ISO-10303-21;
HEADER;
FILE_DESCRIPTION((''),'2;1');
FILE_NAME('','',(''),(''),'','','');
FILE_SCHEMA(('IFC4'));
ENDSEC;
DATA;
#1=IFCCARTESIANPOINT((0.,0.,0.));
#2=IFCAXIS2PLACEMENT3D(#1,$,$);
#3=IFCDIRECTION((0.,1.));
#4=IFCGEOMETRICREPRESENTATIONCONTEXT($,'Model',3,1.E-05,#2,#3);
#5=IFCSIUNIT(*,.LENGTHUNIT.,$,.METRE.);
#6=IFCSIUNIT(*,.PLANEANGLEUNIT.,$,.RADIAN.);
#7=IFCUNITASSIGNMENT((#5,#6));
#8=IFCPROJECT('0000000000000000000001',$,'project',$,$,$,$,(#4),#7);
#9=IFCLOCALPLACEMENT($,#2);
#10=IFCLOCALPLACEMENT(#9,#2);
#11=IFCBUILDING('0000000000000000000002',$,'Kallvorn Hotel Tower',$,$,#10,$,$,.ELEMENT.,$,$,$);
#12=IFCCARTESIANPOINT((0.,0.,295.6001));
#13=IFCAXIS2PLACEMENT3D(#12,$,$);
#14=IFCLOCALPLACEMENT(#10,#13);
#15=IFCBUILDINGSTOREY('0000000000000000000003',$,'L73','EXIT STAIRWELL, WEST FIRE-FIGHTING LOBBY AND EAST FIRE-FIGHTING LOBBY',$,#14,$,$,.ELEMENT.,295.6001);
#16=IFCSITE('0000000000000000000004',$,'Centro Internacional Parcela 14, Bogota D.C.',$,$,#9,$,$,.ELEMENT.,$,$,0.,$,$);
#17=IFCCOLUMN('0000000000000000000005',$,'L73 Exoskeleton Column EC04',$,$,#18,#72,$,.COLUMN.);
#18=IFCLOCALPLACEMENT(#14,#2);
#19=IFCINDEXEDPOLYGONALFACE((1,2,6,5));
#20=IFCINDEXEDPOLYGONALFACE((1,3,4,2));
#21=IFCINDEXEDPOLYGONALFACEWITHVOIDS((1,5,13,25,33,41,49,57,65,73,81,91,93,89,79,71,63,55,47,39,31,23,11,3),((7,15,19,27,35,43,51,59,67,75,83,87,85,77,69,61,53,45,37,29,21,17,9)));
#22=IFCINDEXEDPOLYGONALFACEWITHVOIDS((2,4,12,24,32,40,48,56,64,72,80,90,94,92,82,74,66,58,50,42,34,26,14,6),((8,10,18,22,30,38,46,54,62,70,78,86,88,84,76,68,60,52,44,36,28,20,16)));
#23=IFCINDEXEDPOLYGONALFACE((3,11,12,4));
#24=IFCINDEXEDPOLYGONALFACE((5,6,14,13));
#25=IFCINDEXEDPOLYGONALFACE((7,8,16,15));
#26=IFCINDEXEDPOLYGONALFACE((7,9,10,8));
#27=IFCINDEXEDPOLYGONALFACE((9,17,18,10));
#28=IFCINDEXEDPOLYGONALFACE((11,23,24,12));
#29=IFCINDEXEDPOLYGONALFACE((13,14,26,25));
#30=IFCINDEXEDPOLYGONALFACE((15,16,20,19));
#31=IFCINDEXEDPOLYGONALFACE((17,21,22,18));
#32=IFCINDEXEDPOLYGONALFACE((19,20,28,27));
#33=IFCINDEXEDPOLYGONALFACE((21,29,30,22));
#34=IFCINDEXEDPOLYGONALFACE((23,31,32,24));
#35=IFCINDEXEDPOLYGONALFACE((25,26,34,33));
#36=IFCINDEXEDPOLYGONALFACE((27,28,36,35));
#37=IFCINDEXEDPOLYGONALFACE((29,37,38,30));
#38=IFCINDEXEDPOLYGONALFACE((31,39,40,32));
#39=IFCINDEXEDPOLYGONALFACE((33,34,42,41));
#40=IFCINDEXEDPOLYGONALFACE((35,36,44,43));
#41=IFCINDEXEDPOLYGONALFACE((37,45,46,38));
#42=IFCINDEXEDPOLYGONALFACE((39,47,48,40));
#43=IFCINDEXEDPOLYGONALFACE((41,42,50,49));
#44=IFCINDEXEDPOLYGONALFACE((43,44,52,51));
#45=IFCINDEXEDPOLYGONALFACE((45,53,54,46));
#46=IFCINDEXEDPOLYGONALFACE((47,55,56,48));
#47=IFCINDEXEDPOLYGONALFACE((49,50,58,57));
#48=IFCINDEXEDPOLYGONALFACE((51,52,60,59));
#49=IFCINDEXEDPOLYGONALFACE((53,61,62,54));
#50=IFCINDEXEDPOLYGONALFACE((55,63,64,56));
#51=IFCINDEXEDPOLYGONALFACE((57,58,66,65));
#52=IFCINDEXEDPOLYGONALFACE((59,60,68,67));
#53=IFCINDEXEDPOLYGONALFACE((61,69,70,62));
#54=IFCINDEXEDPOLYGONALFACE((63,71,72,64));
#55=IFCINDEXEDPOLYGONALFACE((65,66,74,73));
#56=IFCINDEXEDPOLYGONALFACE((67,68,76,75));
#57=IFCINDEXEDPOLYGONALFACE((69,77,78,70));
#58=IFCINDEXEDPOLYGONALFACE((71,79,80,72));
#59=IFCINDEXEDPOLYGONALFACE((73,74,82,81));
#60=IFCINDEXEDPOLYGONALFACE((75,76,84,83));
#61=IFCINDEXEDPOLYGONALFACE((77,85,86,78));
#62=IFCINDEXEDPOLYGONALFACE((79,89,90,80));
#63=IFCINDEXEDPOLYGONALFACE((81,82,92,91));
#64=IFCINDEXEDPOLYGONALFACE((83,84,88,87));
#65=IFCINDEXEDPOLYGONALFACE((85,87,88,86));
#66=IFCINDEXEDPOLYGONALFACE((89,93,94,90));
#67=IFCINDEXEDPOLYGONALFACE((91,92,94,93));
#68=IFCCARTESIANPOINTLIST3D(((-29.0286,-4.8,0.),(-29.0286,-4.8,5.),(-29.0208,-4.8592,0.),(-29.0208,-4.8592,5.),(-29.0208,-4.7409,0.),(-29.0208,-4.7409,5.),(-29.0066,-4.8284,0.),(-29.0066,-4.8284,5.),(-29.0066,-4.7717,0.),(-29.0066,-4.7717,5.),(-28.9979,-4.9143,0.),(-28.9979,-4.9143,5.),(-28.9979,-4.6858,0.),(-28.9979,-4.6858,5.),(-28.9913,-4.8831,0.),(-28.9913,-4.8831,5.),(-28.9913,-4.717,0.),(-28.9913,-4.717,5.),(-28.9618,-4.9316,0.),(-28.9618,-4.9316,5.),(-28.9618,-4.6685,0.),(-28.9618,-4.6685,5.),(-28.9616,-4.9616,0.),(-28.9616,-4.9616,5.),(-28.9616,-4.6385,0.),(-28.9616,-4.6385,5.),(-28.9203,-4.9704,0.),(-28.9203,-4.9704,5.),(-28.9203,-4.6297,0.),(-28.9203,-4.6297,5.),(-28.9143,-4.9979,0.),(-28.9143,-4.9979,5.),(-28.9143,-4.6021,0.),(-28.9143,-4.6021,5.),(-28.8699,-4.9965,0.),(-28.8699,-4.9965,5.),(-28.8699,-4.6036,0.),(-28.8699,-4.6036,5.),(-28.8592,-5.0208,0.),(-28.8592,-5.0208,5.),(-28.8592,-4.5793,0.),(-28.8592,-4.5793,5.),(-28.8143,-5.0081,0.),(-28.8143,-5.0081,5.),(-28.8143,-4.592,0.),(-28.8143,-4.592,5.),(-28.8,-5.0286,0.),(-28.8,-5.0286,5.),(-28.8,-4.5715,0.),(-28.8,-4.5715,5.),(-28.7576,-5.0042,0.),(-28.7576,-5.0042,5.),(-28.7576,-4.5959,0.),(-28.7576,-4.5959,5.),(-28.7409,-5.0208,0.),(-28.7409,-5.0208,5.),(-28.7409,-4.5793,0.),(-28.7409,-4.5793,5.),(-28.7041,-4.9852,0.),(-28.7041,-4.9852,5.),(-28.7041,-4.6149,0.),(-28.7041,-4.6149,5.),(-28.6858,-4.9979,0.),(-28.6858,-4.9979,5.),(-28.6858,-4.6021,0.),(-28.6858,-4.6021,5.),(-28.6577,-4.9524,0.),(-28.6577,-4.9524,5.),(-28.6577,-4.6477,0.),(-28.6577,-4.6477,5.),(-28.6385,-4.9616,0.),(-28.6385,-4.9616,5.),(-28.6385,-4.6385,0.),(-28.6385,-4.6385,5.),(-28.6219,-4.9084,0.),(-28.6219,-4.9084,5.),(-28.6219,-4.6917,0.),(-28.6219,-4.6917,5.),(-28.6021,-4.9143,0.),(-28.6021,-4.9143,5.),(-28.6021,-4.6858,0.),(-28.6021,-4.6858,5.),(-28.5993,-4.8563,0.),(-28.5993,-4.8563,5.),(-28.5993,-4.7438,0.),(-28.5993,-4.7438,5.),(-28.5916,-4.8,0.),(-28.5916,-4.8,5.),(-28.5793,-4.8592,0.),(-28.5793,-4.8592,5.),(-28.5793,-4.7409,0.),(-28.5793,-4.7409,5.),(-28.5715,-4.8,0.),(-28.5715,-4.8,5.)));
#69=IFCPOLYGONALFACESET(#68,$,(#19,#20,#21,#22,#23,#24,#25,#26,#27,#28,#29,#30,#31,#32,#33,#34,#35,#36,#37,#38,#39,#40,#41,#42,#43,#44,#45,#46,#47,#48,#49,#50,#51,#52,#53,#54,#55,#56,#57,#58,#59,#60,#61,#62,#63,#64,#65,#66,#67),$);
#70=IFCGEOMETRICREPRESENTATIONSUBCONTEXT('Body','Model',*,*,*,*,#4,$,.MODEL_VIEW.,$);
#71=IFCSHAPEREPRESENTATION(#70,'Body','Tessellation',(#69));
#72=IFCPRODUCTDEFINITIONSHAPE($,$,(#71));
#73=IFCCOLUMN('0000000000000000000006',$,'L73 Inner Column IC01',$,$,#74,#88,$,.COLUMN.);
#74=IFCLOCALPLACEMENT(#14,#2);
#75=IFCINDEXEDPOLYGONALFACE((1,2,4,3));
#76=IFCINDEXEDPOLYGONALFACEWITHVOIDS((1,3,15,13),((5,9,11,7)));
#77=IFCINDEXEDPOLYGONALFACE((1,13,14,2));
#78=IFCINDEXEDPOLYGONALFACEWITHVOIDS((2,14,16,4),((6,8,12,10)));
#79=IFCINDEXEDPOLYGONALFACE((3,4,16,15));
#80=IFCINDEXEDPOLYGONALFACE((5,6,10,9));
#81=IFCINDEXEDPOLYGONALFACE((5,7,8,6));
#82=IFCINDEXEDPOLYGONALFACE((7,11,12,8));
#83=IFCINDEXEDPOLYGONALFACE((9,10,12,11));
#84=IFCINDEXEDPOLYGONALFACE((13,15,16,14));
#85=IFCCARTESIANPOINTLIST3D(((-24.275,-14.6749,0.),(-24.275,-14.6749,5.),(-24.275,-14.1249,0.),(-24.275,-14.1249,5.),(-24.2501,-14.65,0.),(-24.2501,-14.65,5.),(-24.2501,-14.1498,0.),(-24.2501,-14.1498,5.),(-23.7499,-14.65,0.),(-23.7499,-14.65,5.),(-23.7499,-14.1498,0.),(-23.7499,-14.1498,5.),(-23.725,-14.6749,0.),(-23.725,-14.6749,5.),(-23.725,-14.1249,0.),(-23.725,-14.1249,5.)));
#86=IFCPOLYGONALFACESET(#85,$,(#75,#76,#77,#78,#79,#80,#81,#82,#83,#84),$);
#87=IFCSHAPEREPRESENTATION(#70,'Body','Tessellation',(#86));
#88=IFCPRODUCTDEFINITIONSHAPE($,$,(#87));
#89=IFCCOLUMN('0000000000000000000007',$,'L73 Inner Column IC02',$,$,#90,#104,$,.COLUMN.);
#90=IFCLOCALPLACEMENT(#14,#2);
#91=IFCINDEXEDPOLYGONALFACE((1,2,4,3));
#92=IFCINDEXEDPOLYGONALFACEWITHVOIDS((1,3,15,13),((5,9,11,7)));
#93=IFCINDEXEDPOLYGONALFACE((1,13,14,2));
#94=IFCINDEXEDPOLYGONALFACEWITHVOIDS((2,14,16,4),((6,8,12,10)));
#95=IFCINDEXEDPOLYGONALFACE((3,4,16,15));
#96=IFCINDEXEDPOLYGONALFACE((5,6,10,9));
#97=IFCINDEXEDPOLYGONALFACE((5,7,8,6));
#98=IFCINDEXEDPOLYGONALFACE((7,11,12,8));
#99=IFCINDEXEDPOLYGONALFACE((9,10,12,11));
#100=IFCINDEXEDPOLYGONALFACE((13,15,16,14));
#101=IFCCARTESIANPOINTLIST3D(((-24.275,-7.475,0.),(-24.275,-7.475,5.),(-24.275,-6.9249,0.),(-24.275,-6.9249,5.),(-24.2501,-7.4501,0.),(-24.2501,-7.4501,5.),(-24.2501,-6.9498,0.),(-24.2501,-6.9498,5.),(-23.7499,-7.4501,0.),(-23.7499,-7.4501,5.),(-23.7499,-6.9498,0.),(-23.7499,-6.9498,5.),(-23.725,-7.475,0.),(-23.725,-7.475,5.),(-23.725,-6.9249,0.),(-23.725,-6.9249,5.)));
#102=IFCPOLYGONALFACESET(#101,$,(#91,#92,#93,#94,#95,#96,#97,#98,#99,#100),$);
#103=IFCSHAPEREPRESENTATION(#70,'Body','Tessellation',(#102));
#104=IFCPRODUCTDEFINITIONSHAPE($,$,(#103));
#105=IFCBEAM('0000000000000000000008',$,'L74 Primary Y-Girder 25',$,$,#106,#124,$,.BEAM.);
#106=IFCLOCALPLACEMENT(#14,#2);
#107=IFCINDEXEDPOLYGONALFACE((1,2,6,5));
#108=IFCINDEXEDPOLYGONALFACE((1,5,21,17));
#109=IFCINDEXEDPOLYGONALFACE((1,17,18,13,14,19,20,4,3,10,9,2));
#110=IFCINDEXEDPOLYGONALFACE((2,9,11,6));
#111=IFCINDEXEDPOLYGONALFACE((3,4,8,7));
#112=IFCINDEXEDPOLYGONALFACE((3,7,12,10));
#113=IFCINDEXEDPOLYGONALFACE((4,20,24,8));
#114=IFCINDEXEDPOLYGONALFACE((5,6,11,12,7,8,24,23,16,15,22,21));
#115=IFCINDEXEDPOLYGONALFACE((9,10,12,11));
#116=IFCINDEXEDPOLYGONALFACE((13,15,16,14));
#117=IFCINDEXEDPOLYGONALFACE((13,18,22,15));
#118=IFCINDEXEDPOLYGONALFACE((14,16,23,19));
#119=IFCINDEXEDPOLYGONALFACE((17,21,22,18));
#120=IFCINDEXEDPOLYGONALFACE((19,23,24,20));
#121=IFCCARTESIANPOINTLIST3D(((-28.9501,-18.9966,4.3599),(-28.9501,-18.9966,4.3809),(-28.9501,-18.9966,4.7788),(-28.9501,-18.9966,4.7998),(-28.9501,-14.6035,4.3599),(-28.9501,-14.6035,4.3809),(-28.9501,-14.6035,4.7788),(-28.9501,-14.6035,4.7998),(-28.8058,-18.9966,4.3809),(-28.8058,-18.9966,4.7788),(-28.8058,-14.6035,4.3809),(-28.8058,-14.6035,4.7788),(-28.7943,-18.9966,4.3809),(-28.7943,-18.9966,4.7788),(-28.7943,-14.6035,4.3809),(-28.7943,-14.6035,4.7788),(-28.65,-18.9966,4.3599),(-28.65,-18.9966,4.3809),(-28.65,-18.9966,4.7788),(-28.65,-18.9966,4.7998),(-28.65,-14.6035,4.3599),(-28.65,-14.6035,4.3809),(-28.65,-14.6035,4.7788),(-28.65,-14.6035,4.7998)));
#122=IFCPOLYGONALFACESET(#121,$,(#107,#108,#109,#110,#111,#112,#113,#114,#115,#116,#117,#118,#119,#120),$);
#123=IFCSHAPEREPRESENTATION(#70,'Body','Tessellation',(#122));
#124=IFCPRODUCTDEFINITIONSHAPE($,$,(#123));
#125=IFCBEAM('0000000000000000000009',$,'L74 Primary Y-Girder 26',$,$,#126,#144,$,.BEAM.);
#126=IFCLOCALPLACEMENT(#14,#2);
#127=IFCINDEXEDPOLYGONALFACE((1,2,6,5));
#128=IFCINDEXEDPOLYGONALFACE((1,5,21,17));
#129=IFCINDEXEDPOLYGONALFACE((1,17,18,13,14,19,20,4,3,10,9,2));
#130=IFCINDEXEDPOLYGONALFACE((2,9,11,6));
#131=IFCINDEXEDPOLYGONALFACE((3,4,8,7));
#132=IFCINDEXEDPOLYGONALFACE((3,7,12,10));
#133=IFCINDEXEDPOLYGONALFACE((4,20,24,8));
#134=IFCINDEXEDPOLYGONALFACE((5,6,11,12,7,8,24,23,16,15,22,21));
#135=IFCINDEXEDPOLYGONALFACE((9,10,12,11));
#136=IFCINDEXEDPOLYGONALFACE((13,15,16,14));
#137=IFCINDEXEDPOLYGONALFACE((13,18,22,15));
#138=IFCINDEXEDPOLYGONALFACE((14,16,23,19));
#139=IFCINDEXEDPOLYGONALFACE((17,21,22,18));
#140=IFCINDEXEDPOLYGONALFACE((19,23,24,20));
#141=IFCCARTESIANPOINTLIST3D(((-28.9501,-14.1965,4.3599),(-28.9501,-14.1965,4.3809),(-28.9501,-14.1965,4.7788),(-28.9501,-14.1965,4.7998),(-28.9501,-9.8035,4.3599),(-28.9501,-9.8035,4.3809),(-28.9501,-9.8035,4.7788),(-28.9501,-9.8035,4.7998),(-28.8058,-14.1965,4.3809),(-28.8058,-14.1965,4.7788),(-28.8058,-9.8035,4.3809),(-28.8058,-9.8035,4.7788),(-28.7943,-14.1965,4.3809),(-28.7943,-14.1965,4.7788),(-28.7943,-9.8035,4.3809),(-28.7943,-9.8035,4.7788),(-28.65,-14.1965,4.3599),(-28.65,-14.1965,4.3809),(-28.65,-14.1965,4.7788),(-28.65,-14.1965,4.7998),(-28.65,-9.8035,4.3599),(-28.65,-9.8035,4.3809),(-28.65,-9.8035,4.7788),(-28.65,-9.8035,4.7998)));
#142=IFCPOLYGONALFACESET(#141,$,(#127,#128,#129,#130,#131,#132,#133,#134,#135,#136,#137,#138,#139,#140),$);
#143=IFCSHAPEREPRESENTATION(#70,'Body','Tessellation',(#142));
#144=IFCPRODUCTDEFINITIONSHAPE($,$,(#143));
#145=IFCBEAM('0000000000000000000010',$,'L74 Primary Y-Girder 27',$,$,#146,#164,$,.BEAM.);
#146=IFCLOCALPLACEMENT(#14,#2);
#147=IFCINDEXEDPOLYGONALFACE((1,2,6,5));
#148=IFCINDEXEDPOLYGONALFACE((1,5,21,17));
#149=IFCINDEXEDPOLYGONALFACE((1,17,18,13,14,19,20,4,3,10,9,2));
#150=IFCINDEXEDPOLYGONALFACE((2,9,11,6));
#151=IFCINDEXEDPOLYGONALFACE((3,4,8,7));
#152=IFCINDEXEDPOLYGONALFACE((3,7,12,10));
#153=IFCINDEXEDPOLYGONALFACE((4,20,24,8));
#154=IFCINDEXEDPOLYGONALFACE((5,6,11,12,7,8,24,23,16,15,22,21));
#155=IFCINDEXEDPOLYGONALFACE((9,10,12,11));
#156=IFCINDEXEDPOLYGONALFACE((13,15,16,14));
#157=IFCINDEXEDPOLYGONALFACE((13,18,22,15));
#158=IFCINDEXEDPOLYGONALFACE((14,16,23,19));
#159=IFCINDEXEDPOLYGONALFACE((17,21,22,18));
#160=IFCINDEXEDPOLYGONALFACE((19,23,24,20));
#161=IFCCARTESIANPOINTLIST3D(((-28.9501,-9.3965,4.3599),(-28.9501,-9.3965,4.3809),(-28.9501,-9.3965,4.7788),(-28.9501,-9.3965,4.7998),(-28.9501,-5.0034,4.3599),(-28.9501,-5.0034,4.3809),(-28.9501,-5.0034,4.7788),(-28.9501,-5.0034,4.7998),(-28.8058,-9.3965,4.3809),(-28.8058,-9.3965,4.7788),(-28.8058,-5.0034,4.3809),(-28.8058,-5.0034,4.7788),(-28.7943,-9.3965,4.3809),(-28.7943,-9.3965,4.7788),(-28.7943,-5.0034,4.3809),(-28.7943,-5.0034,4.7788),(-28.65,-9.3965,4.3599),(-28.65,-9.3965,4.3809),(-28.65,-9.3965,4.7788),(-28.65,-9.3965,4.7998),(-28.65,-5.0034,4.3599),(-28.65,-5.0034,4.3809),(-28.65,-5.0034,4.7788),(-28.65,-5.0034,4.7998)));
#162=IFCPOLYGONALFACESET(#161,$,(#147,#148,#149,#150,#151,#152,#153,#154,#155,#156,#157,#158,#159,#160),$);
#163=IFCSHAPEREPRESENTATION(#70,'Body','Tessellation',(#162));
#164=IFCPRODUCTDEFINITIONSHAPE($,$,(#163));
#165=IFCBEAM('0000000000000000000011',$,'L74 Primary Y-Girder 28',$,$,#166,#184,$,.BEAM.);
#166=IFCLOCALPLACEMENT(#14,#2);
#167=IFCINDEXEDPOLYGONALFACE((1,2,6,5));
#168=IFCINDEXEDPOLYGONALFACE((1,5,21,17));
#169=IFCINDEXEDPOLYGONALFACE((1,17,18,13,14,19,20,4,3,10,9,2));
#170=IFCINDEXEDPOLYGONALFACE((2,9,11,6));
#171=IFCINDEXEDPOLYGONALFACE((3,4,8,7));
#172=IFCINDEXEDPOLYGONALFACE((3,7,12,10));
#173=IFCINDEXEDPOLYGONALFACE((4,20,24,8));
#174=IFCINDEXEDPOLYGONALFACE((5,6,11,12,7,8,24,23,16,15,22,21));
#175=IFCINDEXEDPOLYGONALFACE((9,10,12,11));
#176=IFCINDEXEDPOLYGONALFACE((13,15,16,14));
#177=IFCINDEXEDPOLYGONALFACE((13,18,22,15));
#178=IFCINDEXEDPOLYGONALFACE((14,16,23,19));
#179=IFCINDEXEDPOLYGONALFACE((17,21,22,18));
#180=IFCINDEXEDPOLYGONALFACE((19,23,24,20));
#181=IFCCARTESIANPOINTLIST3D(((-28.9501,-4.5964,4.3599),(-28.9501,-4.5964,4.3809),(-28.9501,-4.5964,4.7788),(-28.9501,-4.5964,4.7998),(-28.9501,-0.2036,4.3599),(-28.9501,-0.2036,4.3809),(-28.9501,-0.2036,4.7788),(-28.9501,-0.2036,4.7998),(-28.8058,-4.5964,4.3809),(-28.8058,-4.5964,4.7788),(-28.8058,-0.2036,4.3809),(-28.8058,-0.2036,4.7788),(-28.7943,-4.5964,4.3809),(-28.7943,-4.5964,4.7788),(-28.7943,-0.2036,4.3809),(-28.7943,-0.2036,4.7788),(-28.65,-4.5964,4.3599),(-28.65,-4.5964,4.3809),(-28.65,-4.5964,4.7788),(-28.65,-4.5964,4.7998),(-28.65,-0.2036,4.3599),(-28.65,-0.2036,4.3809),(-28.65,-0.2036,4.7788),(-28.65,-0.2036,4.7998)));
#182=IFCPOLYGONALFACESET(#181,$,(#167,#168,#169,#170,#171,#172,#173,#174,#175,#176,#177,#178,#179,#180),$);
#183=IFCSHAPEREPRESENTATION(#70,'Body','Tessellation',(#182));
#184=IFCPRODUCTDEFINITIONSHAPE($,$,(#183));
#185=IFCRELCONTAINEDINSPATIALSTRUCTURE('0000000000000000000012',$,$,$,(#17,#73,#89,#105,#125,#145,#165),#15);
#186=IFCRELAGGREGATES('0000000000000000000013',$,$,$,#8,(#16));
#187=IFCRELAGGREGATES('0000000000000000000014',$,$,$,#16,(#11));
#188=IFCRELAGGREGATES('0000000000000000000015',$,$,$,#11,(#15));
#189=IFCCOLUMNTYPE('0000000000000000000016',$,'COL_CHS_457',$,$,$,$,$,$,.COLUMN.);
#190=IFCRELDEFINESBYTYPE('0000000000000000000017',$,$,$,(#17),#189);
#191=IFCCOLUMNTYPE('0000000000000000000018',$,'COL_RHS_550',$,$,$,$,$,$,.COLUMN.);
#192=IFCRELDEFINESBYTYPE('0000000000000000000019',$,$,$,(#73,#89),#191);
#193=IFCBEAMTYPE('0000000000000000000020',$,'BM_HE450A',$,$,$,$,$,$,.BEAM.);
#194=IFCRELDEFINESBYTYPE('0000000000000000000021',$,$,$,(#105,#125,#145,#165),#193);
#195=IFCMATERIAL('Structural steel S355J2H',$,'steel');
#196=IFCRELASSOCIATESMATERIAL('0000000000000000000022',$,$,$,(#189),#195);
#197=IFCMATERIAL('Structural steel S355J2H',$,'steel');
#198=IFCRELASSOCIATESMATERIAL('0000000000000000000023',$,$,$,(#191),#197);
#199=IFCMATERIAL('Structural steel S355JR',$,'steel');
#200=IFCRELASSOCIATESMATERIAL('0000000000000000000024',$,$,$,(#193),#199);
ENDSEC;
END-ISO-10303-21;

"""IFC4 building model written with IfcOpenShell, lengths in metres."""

from ifc_helpers import new_model, si_unit, direction, frame, origin, origin_2d, place, context, subcontext, project, spatial, hollow_rectangle, hollow_circle, i_section, extrude, material, material_profile, profile_set, type_object, element, save


model = new_model("IFC4")

# Units and contexts
model_context = context("Model", 3, precision=1e-05, world=origin(), true_north=direction((0.0, 1.0)))
body_context = subcontext(model_context, "Body", "Model", "MODEL_VIEW")
ifc_project = project(units=[si_unit("LENGTHUNIT", "METRE"), si_unit("PLANEANGLEUNIT", "RADIAN")], contexts=[model_context])

# Site, building, storey
site_placement = place(None, origin())
site = spatial("IfcSite", under=ifc_project, at=site_placement, Name="Centro Internacional Parcela 14, Bogota D.C.", CompositionType="ELEMENT", RefElevation=0.0)
building_placement = place(site_placement, origin())
building = spatial("IfcBuilding", under=site, at=building_placement, Name="Kallvorn Hotel Tower", CompositionType="ELEMENT")
storey_placement = place(building_placement, frame((0.0, 0.0, 295.6001)))
storey = spatial("IfcBuildingStorey", under=building, at=storey_placement, Name="L73", Description="EXIT STAIRWELL, WEST FIRE-FIGHTING LOBBY AND EAST FIRE-FIGHTING LOBBY", CompositionType="ELEMENT", Elevation=295.6001)

# Columns
ifc_material_1 = material(Name="Structural steel S355J2H", Category="steel")
ifc_material_profile_1 = material_profile(ifc_material_1, hollow_circle(Radius=0.2285, WallThickness=0.02, at=origin_2d()), Name="CHS 457x20")
ifc_profile_set_1 = profile_set([ifc_material_profile_1], Name="Structural steel S355J2H")
column_type_1 = type_object("IfcColumnType", Name="COL_CHS_457", PredefinedType="COLUMN", material=ifc_profile_set_1)
for number, where, z_axis, x_axis, name in (
    (1, (-28.8, -4.8, 0.0), (0.0, 0.0, 1.0), (1.0, 0.0, 0.0), "L73 Exoskeleton Column EC04"),
):
    element("IfcColumn", number, at=place(storey_placement, frame(where, z_axis=z_axis, x_axis=x_axis)), inside=storey, type_object=column_type_1, Name=name, PredefinedType="COLUMN", context=body_context, shape_type="SweptSolid", body=[
        extrude(hollow_circle(Radius=0.2285, WallThickness=0.02, at=origin_2d()), origin(), (0.0, 0.0, 1.0), 5.0),
    ])
ifc_material_2 = material(Name="Structural steel S355J2H", Category="steel")
ifc_material_profile_2 = material_profile(ifc_material_2, hollow_rectangle(XDim=0.55, YDim=0.55, WallThickness=0.0249, at=origin_2d()), Name="RHS 550x550x25")
ifc_profile_set_2 = profile_set([ifc_material_profile_2], Name="Structural steel S355J2H")
column_type_2 = type_object("IfcColumnType", Name="COL_RHS_550", PredefinedType="COLUMN", material=ifc_profile_set_2)
for number, where, z_axis, x_axis, name in (
    (2, (-24.0, -14.3999, 0.0), (0.0, 0.0, 1.0), (1.0, 0.0, 0.0), "L73 Inner Column IC01"),
    (3, (-24.0, -7.2, 0.0), (0.0, 0.0, 1.0), (1.0, 0.0, 0.0), "L73 Inner Column IC02"),
):
    element("IfcColumn", number, at=place(storey_placement, frame(where, z_axis=z_axis, x_axis=x_axis)), inside=storey, type_object=column_type_2, Name=name, PredefinedType="COLUMN", context=body_context, shape_type="SweptSolid", body=[
        extrude(hollow_rectangle(XDim=0.55, YDim=0.55, WallThickness=0.0249, at=origin_2d()), origin(), (0.0, 0.0, 1.0), 5.0),
    ])

# Beams
ifc_material_3 = material(Name="Structural steel S355JR", Category="steel")
ifc_material_profile_3 = material_profile(ifc_material_3, i_section(OverallWidth=0.3, OverallDepth=0.4399, WebThickness=0.0115, FlangeThickness=0.021, at=origin_2d()), Name="HE 450 A")
ifc_profile_set_3 = profile_set([ifc_material_profile_3], Name="Structural steel S355JR")
beam_type_1 = type_object("IfcBeamType", Name="BM_HE450A", PredefinedType="BEAM", material=ifc_profile_set_3)
for number, where, z_axis, x_axis, name in (
    (4, (-28.8, -18.9966, 4.5798), (0.0, 1.0, 0.0), (-1.0, 0.0, 0.0), "L74 Primary Y-Girder 25"),
    (5, (-28.8, -14.1965, 4.5798), (0.0, 1.0, 0.0), (-1.0, 0.0, 0.0), "L74 Primary Y-Girder 26"),
    (6, (-28.8, -9.3965, 4.5798), (0.0, 1.0, 0.0), (-1.0, 0.0, 0.0), "L74 Primary Y-Girder 27"),
):
    element("IfcBeam", number, at=place(storey_placement, frame(where, z_axis=z_axis, x_axis=x_axis)), inside=storey, type_object=beam_type_1, Name=name, PredefinedType="BEAM", context=body_context, shape_type="SweptSolid", body=[
        extrude(i_section(OverallWidth=0.3, OverallDepth=0.4399, WebThickness=0.0115, FlangeThickness=0.021, at=origin_2d()), origin(), (0.0, 0.0, 1.0), 4.3931),
    ])
beam_1_placement = place(storey_placement, frame((-28.8, -4.5964, 4.5798), z_axis=(0.0, 1.0, 0.0), x_axis=(-1.0, 0.0, 0.0)))
element("IfcBeam", 7, at=beam_1_placement, inside=storey, type_object=beam_type_1, Name="L74 Primary Y-Girder 28", PredefinedType="BEAM", context=body_context, shape_type="SweptSolid", body=[
    extrude(i_section(OverallWidth=0.3, OverallDepth=0.4399, WebThickness=0.0115, FlangeThickness=0.021, at=origin_2d()), origin(), (0.0, 0.0, 1.0), 4.3928),
])

save(model, "model.ifc")
